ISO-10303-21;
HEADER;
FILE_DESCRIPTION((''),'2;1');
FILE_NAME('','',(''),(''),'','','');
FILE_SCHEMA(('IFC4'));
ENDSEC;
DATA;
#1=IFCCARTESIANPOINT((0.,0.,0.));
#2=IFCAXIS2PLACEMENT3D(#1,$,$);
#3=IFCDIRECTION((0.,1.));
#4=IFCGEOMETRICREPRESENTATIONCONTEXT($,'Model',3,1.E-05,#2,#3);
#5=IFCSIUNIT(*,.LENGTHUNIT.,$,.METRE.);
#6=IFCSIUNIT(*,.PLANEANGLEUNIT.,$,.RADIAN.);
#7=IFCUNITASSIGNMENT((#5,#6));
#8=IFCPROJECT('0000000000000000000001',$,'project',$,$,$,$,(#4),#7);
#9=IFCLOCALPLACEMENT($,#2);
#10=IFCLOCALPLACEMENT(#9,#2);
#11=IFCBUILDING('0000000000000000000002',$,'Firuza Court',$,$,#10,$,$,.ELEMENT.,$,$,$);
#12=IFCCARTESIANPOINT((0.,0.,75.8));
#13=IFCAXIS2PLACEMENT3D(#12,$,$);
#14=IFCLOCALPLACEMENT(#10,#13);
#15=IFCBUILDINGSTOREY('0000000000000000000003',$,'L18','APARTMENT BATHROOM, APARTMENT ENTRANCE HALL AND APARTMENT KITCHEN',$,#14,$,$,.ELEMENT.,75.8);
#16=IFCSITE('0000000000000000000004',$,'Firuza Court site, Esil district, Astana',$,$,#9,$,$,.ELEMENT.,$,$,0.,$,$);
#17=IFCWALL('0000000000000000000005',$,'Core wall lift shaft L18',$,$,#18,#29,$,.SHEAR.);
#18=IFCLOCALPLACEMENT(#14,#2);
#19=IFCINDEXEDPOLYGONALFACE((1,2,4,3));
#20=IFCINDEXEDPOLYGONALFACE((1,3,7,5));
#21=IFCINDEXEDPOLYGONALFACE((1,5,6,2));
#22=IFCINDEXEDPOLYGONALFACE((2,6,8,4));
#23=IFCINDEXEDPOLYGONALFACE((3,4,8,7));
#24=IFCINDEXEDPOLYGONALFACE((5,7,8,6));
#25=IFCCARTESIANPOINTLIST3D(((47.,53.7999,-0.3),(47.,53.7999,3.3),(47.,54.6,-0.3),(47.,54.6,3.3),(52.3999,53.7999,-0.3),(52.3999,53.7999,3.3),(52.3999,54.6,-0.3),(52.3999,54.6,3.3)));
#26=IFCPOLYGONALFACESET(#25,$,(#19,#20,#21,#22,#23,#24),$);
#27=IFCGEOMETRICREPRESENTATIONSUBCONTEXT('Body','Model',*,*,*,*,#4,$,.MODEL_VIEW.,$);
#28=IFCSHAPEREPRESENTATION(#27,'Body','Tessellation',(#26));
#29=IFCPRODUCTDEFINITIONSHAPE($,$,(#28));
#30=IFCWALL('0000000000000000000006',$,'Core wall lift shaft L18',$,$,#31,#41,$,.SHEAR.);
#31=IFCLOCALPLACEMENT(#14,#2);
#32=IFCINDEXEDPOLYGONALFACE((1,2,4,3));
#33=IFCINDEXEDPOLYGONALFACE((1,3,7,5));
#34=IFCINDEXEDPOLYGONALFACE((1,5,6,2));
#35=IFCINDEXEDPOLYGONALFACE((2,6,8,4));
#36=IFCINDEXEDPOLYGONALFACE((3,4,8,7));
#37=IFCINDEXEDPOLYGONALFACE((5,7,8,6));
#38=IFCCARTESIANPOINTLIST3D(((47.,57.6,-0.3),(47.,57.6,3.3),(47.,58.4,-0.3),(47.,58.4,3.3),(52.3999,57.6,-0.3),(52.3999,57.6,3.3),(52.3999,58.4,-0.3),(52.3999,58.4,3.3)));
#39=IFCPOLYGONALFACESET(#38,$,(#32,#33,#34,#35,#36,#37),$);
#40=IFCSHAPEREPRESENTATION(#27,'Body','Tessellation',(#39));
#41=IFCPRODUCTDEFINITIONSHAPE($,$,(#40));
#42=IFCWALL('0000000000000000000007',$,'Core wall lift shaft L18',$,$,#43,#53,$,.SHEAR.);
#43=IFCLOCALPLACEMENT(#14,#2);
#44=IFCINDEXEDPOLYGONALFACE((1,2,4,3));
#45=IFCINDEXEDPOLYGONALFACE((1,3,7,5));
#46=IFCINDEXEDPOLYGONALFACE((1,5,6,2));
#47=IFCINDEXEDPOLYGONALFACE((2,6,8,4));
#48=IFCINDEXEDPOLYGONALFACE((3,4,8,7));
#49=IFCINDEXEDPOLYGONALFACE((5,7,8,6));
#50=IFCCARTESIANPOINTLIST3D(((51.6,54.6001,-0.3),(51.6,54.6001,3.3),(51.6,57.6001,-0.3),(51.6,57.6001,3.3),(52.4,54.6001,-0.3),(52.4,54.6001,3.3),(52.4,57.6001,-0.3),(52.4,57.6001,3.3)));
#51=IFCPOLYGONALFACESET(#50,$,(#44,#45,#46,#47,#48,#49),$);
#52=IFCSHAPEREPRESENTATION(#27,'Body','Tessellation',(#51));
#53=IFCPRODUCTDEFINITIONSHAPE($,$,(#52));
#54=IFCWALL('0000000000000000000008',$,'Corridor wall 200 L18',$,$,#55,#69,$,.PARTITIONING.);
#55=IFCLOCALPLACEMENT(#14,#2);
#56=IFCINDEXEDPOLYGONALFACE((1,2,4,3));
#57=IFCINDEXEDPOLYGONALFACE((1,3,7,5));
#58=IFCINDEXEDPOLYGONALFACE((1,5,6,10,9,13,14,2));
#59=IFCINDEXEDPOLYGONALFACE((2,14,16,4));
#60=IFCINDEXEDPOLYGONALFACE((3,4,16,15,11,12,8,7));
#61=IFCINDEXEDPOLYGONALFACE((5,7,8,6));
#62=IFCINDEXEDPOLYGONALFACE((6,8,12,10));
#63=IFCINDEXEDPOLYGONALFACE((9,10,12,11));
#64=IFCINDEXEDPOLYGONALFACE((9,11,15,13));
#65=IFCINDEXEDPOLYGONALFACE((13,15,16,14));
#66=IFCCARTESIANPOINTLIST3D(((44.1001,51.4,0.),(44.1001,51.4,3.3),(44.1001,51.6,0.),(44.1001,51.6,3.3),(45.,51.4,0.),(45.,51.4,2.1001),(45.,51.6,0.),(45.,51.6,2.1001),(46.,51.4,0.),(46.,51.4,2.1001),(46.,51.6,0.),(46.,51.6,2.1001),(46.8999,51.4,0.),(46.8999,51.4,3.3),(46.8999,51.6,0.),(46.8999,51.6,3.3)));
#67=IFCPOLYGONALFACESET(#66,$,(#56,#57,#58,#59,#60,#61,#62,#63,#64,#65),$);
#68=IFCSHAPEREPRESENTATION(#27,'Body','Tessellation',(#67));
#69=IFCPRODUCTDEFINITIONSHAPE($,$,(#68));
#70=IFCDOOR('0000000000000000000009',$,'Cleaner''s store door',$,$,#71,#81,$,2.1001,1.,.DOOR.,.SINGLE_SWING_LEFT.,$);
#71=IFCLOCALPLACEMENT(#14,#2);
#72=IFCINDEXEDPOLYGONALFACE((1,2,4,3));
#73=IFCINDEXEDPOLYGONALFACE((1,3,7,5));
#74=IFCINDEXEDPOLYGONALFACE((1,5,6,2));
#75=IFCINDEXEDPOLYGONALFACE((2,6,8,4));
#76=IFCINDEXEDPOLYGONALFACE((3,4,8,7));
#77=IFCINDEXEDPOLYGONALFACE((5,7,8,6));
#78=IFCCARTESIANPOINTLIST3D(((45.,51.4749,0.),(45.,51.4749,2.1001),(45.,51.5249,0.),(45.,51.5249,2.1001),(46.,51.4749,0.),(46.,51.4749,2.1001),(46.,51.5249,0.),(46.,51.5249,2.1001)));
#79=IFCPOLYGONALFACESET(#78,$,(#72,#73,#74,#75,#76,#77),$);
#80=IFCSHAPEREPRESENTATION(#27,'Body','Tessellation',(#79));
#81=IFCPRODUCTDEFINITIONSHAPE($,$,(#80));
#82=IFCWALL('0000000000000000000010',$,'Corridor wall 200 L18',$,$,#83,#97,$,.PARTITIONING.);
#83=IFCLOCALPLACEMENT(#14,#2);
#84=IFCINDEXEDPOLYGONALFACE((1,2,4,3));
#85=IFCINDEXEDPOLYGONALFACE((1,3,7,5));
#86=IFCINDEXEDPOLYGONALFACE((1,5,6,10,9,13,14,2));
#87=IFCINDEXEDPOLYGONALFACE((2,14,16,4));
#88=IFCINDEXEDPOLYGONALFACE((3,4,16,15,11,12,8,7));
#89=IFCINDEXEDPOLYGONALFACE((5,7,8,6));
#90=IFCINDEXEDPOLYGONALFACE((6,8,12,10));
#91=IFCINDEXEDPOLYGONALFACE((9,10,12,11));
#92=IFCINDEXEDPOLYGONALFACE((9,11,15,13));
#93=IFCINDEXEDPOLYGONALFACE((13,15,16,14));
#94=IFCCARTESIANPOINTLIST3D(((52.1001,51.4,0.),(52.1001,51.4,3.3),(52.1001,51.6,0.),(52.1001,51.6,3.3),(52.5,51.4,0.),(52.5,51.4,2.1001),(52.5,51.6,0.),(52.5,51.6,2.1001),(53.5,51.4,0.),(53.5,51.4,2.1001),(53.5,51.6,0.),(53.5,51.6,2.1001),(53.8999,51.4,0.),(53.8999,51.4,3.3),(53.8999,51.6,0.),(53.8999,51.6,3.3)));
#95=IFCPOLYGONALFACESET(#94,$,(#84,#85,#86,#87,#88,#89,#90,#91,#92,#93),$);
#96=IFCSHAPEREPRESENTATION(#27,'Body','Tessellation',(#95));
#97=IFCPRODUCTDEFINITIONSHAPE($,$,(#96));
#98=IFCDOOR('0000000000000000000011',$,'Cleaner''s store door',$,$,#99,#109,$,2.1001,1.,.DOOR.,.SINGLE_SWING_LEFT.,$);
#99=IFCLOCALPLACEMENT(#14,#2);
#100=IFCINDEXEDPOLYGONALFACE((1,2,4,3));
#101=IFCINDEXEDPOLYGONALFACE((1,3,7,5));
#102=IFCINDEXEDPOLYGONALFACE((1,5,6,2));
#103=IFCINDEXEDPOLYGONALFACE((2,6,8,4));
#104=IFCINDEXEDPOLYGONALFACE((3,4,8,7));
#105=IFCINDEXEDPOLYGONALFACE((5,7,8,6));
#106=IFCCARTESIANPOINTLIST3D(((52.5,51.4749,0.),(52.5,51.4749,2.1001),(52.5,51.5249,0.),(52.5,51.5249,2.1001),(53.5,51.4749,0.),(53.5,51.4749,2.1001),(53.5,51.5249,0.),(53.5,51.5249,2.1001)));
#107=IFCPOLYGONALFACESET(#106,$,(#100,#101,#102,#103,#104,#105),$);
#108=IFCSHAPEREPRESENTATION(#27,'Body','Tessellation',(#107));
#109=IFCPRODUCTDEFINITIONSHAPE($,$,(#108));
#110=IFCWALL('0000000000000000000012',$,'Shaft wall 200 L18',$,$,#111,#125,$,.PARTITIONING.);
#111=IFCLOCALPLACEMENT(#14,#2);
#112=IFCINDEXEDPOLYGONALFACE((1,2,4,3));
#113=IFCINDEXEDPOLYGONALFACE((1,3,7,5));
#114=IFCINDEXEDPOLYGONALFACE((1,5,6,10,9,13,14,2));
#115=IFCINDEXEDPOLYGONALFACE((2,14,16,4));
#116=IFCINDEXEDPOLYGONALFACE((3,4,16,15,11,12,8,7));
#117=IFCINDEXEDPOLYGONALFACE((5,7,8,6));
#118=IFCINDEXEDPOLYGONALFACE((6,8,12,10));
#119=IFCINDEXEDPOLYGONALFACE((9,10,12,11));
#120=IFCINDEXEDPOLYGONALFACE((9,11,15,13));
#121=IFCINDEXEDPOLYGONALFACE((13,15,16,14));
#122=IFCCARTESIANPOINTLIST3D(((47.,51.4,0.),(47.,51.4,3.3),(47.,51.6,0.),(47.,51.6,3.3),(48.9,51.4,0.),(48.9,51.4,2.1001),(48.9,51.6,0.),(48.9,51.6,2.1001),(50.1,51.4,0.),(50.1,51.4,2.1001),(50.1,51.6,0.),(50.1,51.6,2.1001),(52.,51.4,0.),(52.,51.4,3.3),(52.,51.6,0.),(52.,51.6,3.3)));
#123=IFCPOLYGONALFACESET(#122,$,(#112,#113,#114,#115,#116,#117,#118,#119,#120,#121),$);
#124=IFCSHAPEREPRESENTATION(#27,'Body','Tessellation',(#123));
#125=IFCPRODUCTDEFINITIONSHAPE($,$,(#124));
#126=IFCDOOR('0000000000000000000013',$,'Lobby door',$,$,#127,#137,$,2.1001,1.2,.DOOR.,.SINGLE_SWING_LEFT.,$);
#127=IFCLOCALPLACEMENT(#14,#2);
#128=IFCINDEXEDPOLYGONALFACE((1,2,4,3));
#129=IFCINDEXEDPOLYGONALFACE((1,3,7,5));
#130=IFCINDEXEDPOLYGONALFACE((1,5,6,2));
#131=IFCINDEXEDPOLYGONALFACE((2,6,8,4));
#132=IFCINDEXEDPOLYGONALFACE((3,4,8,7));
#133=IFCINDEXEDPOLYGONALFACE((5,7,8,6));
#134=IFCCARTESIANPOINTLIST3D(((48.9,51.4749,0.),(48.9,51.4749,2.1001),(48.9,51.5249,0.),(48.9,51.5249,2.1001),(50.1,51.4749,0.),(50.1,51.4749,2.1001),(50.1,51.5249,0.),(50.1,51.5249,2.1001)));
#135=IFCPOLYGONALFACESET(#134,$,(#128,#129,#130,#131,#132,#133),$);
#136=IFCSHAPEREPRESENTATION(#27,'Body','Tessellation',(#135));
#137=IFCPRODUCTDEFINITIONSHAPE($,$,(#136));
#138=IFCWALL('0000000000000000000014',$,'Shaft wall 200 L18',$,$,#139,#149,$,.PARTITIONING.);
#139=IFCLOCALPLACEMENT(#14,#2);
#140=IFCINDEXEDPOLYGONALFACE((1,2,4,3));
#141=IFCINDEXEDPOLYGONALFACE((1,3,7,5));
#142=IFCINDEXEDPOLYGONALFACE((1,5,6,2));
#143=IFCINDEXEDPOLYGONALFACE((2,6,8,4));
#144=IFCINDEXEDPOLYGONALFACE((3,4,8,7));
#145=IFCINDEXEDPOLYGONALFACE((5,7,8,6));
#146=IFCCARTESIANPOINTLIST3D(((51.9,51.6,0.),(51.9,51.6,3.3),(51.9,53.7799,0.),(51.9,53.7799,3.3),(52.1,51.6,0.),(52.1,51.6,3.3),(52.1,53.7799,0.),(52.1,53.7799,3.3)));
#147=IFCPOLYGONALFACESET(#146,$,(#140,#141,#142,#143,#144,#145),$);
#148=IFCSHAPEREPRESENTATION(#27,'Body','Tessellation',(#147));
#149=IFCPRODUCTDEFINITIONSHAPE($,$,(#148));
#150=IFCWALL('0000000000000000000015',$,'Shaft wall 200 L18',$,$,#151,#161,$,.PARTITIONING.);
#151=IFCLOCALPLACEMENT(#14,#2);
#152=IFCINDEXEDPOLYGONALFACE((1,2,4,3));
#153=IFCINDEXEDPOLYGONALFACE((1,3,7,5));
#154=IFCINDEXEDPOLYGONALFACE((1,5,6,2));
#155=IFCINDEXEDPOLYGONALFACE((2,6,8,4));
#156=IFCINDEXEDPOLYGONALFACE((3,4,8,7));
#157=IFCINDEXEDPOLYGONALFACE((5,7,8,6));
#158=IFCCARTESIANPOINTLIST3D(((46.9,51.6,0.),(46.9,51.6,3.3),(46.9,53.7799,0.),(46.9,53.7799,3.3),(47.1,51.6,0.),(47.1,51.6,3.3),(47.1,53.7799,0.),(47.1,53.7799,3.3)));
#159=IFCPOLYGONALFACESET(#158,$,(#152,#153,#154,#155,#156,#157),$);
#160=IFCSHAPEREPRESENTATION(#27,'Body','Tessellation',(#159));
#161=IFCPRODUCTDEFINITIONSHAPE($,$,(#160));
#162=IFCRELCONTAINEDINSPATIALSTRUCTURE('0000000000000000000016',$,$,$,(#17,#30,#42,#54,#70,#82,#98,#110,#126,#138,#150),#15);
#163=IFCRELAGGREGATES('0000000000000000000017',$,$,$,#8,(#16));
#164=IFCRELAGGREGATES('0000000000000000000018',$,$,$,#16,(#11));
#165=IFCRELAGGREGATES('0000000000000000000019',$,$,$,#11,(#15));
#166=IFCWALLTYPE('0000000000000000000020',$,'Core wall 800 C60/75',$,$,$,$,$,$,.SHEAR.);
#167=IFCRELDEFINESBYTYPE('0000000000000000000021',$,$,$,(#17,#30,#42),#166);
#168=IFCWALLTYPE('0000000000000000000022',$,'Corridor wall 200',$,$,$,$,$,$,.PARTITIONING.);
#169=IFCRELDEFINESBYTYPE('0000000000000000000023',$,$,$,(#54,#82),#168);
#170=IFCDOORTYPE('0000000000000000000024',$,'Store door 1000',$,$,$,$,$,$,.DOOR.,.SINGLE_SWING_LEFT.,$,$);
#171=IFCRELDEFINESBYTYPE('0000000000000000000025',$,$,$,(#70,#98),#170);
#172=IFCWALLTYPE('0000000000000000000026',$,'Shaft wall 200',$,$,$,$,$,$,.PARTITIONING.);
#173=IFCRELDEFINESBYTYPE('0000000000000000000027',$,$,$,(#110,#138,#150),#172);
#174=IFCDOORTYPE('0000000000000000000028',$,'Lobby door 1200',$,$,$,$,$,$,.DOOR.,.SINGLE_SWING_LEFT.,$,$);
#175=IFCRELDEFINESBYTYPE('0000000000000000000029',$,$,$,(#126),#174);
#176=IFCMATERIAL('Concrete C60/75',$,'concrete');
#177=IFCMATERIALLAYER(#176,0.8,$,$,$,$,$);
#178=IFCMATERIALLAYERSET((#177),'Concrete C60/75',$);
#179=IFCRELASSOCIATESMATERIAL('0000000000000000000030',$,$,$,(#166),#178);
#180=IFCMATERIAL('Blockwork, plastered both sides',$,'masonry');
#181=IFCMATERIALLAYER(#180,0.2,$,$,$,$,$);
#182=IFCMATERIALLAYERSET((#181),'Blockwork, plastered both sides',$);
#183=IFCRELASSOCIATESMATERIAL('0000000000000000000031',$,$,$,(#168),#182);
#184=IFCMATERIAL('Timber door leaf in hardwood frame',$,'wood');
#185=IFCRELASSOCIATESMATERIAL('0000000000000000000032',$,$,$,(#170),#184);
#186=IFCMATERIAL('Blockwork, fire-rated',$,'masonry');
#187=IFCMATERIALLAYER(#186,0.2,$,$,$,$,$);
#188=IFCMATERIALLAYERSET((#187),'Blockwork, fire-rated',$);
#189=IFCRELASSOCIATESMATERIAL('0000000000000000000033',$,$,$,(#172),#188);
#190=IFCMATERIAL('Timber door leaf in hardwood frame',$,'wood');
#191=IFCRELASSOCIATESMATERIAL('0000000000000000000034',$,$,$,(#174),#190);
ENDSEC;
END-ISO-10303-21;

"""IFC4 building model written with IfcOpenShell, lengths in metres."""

from ifc_helpers import new_model, si_unit, direction, frame, frame_2d, origin, place, context, subcontext, project, spatial, rectangle, extrude, material, layer, layer_set, type_object, element, fill, save


model = new_model("IFC4")

# Units and contexts
model_context = context("Model", 3, precision=1e-05, world=origin(), true_north=direction((0.0, 1.0)))
body_context = subcontext(model_context, "Body", "Model", "MODEL_VIEW")
ifc_project = project(units=[si_unit("LENGTHUNIT", "METRE"), si_unit("PLANEANGLEUNIT", "RADIAN")], contexts=[model_context])

# Site, building, storey
site_placement = place(None, origin())
site = spatial("IfcSite", under=ifc_project, at=site_placement, Name="Firuza Court site, Esil district, Astana", CompositionType="ELEMENT", RefElevation=0.0)
building_placement = place(site_placement, origin())
building = spatial("IfcBuilding", under=site, at=building_placement, Name="Firuza Court", CompositionType="ELEMENT")
storey_placement = place(building_placement, frame((0.0, 0.0, 75.8)))
storey = spatial("IfcBuildingStorey", under=building, at=storey_placement, Name="L18", Description="APARTMENT BATHROOM, APARTMENT ENTRANCE HALL AND APARTMENT KITCHEN", CompositionType="ELEMENT", Elevation=75.8)

# Shared definitions
ifc_material_1 = material(Name="Concrete C60/75", Category="concrete")

# Walls
ifc_layer_1 = layer(ifc_material_1, 0.8)
ifc_layer_set_1 = layer_set([ifc_layer_1], Name="Concrete C60/75")
wall_type_1 = type_object("IfcWallType", Name="Core wall 800 C60/75", PredefinedType="SHEAR", material=ifc_layer_set_1)
for number, where, z_axis, x_axis, name in (
    (1, (47.0, 54.2, -0.3), (0.0, 0.0, 1.0), (1.0, 0.0, 0.0), "Core wall lift shaft L18"),
    (2, (47.0, 58.0, -0.3), (0.0, 0.0, 1.0), (1.0, 0.0, 0.0), "Core wall lift shaft L18"),
):
    element("IfcWall", number, at=place(storey_placement, frame(where, z_axis=z_axis, x_axis=x_axis)), inside=storey, type_object=wall_type_1, Name=name, PredefinedType="SHEAR", context=body_context, shape_type="SweptSolid", body=[
        extrude(rectangle(XDim=5.3999, YDim=0.8, at=frame_2d((2.7, 0.0))), origin(), (0.0, 0.0, 1.0), 3.6001),
    ])
wall_1_placement = place(storey_placement, frame((52.0, 54.6001, -0.3), z_axis=(0.0, 0.0, 1.0), x_axis=(0.0, 1.0, 0.0)))
element("IfcWall", 3, at=wall_1_placement, inside=storey, type_object=wall_type_1, Name="Core wall lift shaft L18", PredefinedType="SHEAR", context=body_context, shape_type="SweptSolid", body=[
    extrude(rectangle(XDim=3.0, YDim=0.8, at=frame_2d((1.5, 0.0))), origin(), (0.0, 0.0, 1.0), 3.6001),
])

# Walls, openings, doors
ifc_material_2 = material(Name="Blockwork, plastered both sides", Category="masonry")
ifc_layer_2 = layer(ifc_material_2, 0.2)
ifc_layer_set_2 = layer_set([ifc_layer_2], Name="Blockwork, plastered both sides")
wall_type_2 = type_object("IfcWallType", Name="Corridor wall 200", PredefinedType="PARTITIONING", material=ifc_layer_set_2)
wall_2_placement = place(storey_placement, frame((44.1001, 51.5, 0.0), z_axis=(0.0, 0.0, 1.0), x_axis=(1.0, 0.0, 0.0)))
wall_2 = element("IfcWall", 4, at=wall_2_placement, inside=storey, type_object=wall_type_2, Name="Corridor wall 200 L18", PredefinedType="PARTITIONING", context=body_context, shape_type="SweptSolid", body=[
    extrude(rectangle(XDim=2.7998, YDim=0.2, at=frame_2d((1.3999, 0.0))), origin(), (0.0, 0.0, 1.0), 3.3),
])
opening_1_placement = place(wall_2_placement, frame((0.8999, 0.0, 0.0)))
opening_1 = element("IfcOpeningElement", 5, at=opening_1_placement, cuts=wall_2, PredefinedType="OPENING", context=body_context, shape_type="SweptSolid", body=[
    extrude(rectangle(XDim=1.0, YDim=2.1001, at=frame_2d((0.5, 1.05))), frame((0.0, 0.1118, 0.0), z_axis=(0.0, -1.0, 0.0), x_axis=(1.0, 0.0, 0.0)), (0.0, 0.0, 1.0), 0.2239),
])
ifc_material_3 = material(Name="Timber door leaf in hardwood frame", Category="wood")
door_type_1 = type_object("IfcDoorType", Name="Store door 1000", OperationType="SINGLE_SWING_LEFT", PredefinedType="DOOR", material=ifc_material_3)
door_1_placement = place(opening_1_placement, origin())
door_1 = element("IfcDoor", 6, at=door_1_placement, inside=storey, type_object=door_type_1, Name="Cleaner's store door", OperationType="SINGLE_SWING_LEFT", OverallHeight=2.1001, OverallWidth=1.0, PredefinedType="DOOR", context=body_context, shape_type="SweptSolid", body=[
    extrude(rectangle(XDim=1.0, YDim=2.1001, at=frame_2d((0.5, 1.05))), frame((0.0, 0.0249, 0.0), z_axis=(0.0, -1.0, 0.0), x_axis=(1.0, 0.0, 0.0)), (0.0, 0.0, 1.0), 0.05),
])
fill(opening_1, door_1)
wall_3_placement = place(storey_placement, frame((52.1001, 51.5, 0.0), z_axis=(0.0, 0.0, 1.0), x_axis=(1.0, 0.0, 0.0)))
wall_3 = element("IfcWall", 7, at=wall_3_placement, inside=storey, type_object=wall_type_2, Name="Corridor wall 200 L18", PredefinedType="PARTITIONING", context=body_context, shape_type="SweptSolid", body=[
    extrude(rectangle(XDim=1.7998, YDim=0.2, at=frame_2d((0.8999, 0.0))), origin(), (0.0, 0.0, 1.0), 3.3),
])
opening_2_placement = place(wall_3_placement, frame((0.3999, 0.0, 0.0)))
opening_2 = element("IfcOpeningElement", 8, at=opening_2_placement, cuts=wall_3, PredefinedType="OPENING", context=body_context, shape_type="SweptSolid", body=[
    extrude(rectangle(XDim=1.0, YDim=2.1001, at=frame_2d((0.5, 1.05))), frame((0.0, 0.1118, 0.0), z_axis=(0.0, -1.0, 0.0), x_axis=(1.0, 0.0, 0.0)), (0.0, 0.0, 1.0), 0.2239),
])
door_2_placement = place(opening_2_placement, origin())
door_2 = element("IfcDoor", 9, at=door_2_placement, inside=storey, type_object=door_type_1, Name="Cleaner's store door", OperationType="SINGLE_SWING_LEFT", OverallHeight=2.1001, OverallWidth=1.0, PredefinedType="DOOR", context=body_context, shape_type="SweptSolid", body=[
    extrude(rectangle(XDim=1.0, YDim=2.1001, at=frame_2d((0.5, 1.05))), frame((0.0, 0.0249, 0.0), z_axis=(0.0, -1.0, 0.0), x_axis=(1.0, 0.0, 0.0)), (0.0, 0.0, 1.0), 0.05),
])
fill(opening_2, door_2)
ifc_material_4 = material(Name="Blockwork, fire-rated", Category="masonry")
ifc_layer_3 = layer(ifc_material_4, 0.2)
ifc_layer_set_3 = layer_set([ifc_layer_3], Name="Blockwork, fire-rated")
wall_type_3 = type_object("IfcWallType", Name="Shaft wall 200", PredefinedType="PARTITIONING", material=ifc_layer_set_3)
wall_4_placement = place(storey_placement, frame((47.0, 51.5, 0.0), z_axis=(0.0, 0.0, 1.0), x_axis=(1.0, 0.0, 0.0)))
wall_4 = element("IfcWall", 10, at=wall_4_placement, inside=storey, type_object=wall_type_3, Name="Shaft wall 200 L18", PredefinedType="PARTITIONING", context=body_context, shape_type="SweptSolid", body=[
    extrude(rectangle(XDim=5.0, YDim=0.2, at=frame_2d((2.5, 0.0))), origin(), (0.0, 0.0, 1.0), 3.3),
])
opening_3_placement = place(wall_4_placement, frame((1.8999, 0.0, 0.0)))
opening_3 = element("IfcOpeningElement", 11, at=opening_3_placement, cuts=wall_4, PredefinedType="OPENING", context=body_context, shape_type="SweptSolid", body=[
    extrude(rectangle(XDim=1.2, YDim=2.1001, at=frame_2d((0.6001, 1.05))), frame((0.0, 0.1118, 0.0), z_axis=(0.0, -1.0, 0.0), x_axis=(1.0, 0.0, 0.0)), (0.0, 0.0, 1.0), 0.2239),
])
ifc_material_5 = material(Name="Timber door leaf in hardwood frame", Category="wood")
door_type_2 = type_object("IfcDoorType", Name="Lobby door 1200", OperationType="SINGLE_SWING_LEFT", PredefinedType="DOOR", material=ifc_material_5)
door_3_placement = place(opening_3_placement, origin())
door_3 = element("IfcDoor", 12, at=door_3_placement, inside=storey, type_object=door_type_2, Name="Lobby door", OperationType="SINGLE_SWING_LEFT", OverallHeight=2.1001, OverallWidth=1.2, PredefinedType="DOOR", context=body_context, shape_type="SweptSolid", body=[
    extrude(rectangle(XDim=1.2, YDim=2.1001, at=frame_2d((0.6001, 1.05))), frame((0.0, 0.0249, 0.0), z_axis=(0.0, -1.0, 0.0), x_axis=(1.0, 0.0, 0.0)), (0.0, 0.0, 1.0), 0.05),
])
fill(opening_3, door_3)

# Walls
for number, where, z_axis, x_axis, name in (
    (13, (52.0, 51.6001, 0.0), (0.0, 0.0, 1.0), (0.0, 1.0, 0.0), "Shaft wall 200 L18"),
    (14, (47.0, 51.6001, 0.0), (0.0, 0.0, 1.0), (0.0, 1.0, 0.0), "Shaft wall 200 L18"),
):
    element("IfcWall", number, at=place(storey_placement, frame(where, z_axis=z_axis, x_axis=x_axis)), inside=storey, type_object=wall_type_3, Name=name, PredefinedType="PARTITIONING", context=body_context, shape_type="SweptSolid", body=[
        extrude(rectangle(XDim=2.1799, YDim=0.2, at=frame_2d((1.0898, 0.0))), origin(), (0.0, 0.0, 1.0), 3.3),
    ])

save(model, "model.ifc")
